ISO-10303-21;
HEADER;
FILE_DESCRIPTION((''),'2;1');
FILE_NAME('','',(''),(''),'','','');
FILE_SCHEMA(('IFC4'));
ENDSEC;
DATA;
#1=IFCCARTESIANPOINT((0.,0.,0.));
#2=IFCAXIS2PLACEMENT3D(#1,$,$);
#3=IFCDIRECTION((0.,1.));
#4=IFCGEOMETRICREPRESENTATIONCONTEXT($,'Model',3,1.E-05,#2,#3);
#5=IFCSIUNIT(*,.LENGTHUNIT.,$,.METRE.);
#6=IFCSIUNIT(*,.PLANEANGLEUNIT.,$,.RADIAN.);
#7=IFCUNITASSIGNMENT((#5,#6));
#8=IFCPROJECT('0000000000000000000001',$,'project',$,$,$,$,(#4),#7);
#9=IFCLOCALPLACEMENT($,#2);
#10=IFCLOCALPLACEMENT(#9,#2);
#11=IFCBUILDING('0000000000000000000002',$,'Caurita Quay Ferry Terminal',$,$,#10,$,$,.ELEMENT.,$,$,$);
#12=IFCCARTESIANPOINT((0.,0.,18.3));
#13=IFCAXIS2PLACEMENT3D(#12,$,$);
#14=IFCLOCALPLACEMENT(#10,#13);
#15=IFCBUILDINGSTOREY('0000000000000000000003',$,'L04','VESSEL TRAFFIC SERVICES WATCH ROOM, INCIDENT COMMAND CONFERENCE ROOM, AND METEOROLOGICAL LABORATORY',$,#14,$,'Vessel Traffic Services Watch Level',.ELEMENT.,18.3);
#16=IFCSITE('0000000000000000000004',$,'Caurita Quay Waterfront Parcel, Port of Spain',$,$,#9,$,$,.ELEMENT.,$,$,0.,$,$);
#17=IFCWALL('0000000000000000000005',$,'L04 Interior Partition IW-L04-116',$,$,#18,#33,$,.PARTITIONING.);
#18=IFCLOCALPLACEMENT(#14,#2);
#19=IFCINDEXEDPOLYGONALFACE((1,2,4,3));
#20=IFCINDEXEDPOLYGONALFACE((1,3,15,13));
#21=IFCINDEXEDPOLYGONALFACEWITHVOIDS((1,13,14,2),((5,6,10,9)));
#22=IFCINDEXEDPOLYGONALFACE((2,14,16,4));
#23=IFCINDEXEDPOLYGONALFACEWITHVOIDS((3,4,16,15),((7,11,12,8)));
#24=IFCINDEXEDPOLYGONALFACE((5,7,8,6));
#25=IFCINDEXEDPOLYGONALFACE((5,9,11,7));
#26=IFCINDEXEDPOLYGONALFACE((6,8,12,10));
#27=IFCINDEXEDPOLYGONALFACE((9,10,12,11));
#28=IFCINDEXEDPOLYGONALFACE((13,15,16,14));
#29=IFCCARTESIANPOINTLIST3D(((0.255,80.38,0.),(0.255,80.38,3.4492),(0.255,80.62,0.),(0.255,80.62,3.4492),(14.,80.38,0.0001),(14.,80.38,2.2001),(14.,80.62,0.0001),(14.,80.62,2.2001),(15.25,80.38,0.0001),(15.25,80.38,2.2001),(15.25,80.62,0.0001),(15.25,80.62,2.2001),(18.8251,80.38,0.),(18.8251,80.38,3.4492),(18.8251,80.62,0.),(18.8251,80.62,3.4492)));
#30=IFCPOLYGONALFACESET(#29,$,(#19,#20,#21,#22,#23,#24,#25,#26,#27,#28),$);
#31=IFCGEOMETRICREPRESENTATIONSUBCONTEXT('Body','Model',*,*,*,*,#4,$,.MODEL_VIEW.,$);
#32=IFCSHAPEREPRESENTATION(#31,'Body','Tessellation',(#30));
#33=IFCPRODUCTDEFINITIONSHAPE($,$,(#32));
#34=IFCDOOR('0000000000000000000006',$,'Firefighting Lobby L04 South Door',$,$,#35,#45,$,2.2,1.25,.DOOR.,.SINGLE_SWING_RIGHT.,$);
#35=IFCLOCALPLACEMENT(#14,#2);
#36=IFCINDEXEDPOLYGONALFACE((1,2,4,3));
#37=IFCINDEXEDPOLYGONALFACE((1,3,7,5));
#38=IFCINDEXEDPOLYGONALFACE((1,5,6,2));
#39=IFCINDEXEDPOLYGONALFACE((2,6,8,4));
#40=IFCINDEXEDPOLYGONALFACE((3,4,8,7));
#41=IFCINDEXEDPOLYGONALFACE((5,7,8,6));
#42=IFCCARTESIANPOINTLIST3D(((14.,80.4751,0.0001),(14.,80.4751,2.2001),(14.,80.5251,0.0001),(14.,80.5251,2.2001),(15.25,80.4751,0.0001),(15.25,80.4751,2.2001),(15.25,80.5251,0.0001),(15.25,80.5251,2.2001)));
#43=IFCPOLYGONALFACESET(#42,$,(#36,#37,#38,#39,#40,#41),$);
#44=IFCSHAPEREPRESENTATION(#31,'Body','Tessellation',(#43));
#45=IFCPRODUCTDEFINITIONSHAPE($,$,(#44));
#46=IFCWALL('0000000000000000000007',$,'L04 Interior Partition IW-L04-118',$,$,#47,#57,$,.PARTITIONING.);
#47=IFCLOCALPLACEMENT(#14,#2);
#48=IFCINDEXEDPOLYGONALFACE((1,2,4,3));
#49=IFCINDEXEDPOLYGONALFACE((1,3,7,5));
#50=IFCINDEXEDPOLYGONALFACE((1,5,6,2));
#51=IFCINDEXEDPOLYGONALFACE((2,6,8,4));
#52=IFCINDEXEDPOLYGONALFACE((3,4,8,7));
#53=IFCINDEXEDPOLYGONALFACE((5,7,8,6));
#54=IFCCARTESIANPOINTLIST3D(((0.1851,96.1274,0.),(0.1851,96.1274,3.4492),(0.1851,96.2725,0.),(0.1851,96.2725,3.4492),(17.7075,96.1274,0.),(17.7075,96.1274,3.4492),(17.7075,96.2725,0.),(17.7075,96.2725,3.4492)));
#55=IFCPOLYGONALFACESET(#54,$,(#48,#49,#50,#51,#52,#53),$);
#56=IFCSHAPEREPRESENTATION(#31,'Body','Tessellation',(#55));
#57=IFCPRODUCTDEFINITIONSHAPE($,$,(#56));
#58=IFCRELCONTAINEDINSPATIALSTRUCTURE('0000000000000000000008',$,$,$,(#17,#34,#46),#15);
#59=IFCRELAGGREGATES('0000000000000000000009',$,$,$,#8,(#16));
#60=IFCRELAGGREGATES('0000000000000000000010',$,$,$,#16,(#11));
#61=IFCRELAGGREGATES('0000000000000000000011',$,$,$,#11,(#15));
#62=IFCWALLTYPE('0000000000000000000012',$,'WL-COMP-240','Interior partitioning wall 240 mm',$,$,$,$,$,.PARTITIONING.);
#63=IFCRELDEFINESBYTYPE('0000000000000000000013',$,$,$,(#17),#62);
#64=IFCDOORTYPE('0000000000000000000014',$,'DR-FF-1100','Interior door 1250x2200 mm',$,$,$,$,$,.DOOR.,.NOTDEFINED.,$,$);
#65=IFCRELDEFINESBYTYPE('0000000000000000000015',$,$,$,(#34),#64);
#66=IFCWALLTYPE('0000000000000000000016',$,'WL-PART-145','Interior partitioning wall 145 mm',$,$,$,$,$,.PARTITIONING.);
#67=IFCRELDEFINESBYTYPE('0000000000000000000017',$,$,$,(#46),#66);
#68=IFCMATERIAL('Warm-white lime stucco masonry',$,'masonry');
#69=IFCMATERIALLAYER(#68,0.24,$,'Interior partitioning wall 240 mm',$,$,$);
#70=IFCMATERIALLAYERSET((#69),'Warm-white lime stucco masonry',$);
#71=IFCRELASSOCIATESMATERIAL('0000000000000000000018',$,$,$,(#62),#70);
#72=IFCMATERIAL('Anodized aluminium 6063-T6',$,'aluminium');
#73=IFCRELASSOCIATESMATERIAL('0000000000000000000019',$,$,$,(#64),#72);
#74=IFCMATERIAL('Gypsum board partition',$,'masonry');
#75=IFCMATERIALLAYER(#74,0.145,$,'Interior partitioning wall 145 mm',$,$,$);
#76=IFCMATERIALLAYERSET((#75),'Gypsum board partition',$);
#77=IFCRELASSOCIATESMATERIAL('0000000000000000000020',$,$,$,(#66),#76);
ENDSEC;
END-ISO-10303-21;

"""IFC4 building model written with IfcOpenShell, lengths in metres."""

from ifc_helpers import new_model, si_unit, direction, frame, frame_2d, origin, place, context, subcontext, project, spatial, rectangle, extrude, material, layer, layer_set, type_object, element, fill, save


model = new_model("IFC4")

# Units and contexts
model_context = context("Model", 3, precision=1e-05, world=origin(), true_north=direction((0.0, 1.0)))
body_context = subcontext(model_context, "Body", "Model", "MODEL_VIEW")
ifc_project = project(units=[si_unit("LENGTHUNIT", "METRE"), si_unit("PLANEANGLEUNIT", "RADIAN")], contexts=[model_context])

# Site, building, storey
site_placement = place(None, origin())
site = spatial("IfcSite", under=ifc_project, at=site_placement, Name="Caurita Quay Waterfront Parcel, Port of Spain", CompositionType="ELEMENT", RefElevation=0.0)
building_placement = place(site_placement, origin())
building = spatial("IfcBuilding", under=site, at=building_placement, Name="Caurita Quay Ferry Terminal", CompositionType="ELEMENT")
storey_placement = place(building_placement, frame((0.0, 0.0, 18.3)))
storey = spatial("IfcBuildingStorey", under=building, at=storey_placement, Name="L04", Description="VESSEL TRAFFIC SERVICES WATCH ROOM, INCIDENT COMMAND CONFERENCE ROOM, AND METEOROLOGICAL LABORATORY", LongName="Vessel Traffic Services Watch Level", CompositionType="ELEMENT", Elevation=18.3)

# Shared definitions
ifc_material_1 = material(Name="Anodized aluminium 6063-T6", Category="aluminium")

# Wall, opening, door
ifc_material_2 = material(Name="Warm-white lime stucco masonry", Category="masonry")
ifc_layer_1 = layer(ifc_material_2, 0.24, Name="Interior partitioning wall 240 mm")
ifc_layer_set_1 = layer_set([ifc_layer_1], Name="Warm-white lime stucco masonry")
wall_type_1 = type_object("IfcWallType", Name="WL-COMP-240", Description="Interior partitioning wall 240 mm", PredefinedType="PARTITIONING", material=ifc_layer_set_1)
wall_1_placement = place(storey_placement, frame((0.2549, 80.5, 0.0), z_axis=(0.0, 0.0, 1.0), x_axis=(1.0, 0.0, 0.0)))
wall_1 = element("IfcWall", 1, at=wall_1_placement, inside=storey, type_object=wall_type_1, Name="L04 Interior Partition IW-L04-116", PredefinedType="PARTITIONING", context=body_context, shape_type="SweptSolid", body=[
    extrude(rectangle(XDim=18.5701, YDim=0.24, at=frame_2d((9.2852, 0.0))), origin(), (0.0, 0.0, 1.0), 3.4492),
])
opening_placement = place(wall_1_placement, frame((13.7451, 0.0, 0.0)))
opening = element("IfcOpeningElement", 2, at=opening_placement, cuts=wall_1, PredefinedType="OPENING", context=body_context, shape_type="SweptSolid", body=[
    extrude(rectangle(XDim=1.25, YDim=2.2, at=frame_2d((0.625, 1.1001))), frame((0.0, 0.1299, 0.0), z_axis=(0.0, -1.0, 0.0), x_axis=(1.0, 0.0, 0.0)), (0.0, 0.0, 1.0), 0.26),
])
door_type = type_object("IfcDoorType", Name="DR-FF-1100", Description="Interior door 1250x2200 mm", OperationType="NOTDEFINED", PredefinedType="DOOR", material=ifc_material_1)
door_placement = place(opening_placement, frame((1.25, 0.0, 0.0), z_axis=(0.0, 0.0, 1.0), x_axis=(-1.0, 0.0, 0.0)))
door = element("IfcDoor", 3, at=door_placement, inside=storey, type_object=door_type, Name="Firefighting Lobby L04 South Door", OperationType="SINGLE_SWING_RIGHT", OverallHeight=2.2, OverallWidth=1.25, PredefinedType="DOOR", context=body_context, shape_type="SweptSolid", body=[
    extrude(rectangle(XDim=1.25, YDim=2.2, at=frame_2d((0.625, 1.1001))), frame((0.0, 0.0249, 0.0), z_axis=(0.0, -1.0, 0.0), x_axis=(1.0, 0.0, 0.0)), (0.0, 0.0, 1.0), 0.05),
])
fill(opening, door)

# Wall
ifc_material_3 = material(Name="Gypsum board partition", Category="masonry")
ifc_layer_2 = layer(ifc_material_3, 0.145, Name="Interior partitioning wall 145 mm")
ifc_layer_set_2 = layer_set([ifc_layer_2], Name="Gypsum board partition")
wall_type_2 = type_object("IfcWallType", Name="WL-PART-145", Description="Interior partitioning wall 145 mm", PredefinedType="PARTITIONING", material=ifc_layer_set_2)
wall_2_placement = place(storey_placement, frame((0.1851, 96.2, 0.0), z_axis=(0.0, 0.0, 1.0), x_axis=(1.0, 0.0, 0.0)))
element("IfcWall", 4, at=wall_2_placement, inside=storey, type_object=wall_type_2, Name="L04 Interior Partition IW-L04-118", PredefinedType="PARTITIONING", context=body_context, shape_type="SweptSolid", body=[
    extrude(rectangle(XDim=17.5225, YDim=0.145, at=frame_2d((8.7612, 0.0))), origin(), (0.0, 0.0, 1.0), 3.4492),
])

save(model, "model.ifc")
